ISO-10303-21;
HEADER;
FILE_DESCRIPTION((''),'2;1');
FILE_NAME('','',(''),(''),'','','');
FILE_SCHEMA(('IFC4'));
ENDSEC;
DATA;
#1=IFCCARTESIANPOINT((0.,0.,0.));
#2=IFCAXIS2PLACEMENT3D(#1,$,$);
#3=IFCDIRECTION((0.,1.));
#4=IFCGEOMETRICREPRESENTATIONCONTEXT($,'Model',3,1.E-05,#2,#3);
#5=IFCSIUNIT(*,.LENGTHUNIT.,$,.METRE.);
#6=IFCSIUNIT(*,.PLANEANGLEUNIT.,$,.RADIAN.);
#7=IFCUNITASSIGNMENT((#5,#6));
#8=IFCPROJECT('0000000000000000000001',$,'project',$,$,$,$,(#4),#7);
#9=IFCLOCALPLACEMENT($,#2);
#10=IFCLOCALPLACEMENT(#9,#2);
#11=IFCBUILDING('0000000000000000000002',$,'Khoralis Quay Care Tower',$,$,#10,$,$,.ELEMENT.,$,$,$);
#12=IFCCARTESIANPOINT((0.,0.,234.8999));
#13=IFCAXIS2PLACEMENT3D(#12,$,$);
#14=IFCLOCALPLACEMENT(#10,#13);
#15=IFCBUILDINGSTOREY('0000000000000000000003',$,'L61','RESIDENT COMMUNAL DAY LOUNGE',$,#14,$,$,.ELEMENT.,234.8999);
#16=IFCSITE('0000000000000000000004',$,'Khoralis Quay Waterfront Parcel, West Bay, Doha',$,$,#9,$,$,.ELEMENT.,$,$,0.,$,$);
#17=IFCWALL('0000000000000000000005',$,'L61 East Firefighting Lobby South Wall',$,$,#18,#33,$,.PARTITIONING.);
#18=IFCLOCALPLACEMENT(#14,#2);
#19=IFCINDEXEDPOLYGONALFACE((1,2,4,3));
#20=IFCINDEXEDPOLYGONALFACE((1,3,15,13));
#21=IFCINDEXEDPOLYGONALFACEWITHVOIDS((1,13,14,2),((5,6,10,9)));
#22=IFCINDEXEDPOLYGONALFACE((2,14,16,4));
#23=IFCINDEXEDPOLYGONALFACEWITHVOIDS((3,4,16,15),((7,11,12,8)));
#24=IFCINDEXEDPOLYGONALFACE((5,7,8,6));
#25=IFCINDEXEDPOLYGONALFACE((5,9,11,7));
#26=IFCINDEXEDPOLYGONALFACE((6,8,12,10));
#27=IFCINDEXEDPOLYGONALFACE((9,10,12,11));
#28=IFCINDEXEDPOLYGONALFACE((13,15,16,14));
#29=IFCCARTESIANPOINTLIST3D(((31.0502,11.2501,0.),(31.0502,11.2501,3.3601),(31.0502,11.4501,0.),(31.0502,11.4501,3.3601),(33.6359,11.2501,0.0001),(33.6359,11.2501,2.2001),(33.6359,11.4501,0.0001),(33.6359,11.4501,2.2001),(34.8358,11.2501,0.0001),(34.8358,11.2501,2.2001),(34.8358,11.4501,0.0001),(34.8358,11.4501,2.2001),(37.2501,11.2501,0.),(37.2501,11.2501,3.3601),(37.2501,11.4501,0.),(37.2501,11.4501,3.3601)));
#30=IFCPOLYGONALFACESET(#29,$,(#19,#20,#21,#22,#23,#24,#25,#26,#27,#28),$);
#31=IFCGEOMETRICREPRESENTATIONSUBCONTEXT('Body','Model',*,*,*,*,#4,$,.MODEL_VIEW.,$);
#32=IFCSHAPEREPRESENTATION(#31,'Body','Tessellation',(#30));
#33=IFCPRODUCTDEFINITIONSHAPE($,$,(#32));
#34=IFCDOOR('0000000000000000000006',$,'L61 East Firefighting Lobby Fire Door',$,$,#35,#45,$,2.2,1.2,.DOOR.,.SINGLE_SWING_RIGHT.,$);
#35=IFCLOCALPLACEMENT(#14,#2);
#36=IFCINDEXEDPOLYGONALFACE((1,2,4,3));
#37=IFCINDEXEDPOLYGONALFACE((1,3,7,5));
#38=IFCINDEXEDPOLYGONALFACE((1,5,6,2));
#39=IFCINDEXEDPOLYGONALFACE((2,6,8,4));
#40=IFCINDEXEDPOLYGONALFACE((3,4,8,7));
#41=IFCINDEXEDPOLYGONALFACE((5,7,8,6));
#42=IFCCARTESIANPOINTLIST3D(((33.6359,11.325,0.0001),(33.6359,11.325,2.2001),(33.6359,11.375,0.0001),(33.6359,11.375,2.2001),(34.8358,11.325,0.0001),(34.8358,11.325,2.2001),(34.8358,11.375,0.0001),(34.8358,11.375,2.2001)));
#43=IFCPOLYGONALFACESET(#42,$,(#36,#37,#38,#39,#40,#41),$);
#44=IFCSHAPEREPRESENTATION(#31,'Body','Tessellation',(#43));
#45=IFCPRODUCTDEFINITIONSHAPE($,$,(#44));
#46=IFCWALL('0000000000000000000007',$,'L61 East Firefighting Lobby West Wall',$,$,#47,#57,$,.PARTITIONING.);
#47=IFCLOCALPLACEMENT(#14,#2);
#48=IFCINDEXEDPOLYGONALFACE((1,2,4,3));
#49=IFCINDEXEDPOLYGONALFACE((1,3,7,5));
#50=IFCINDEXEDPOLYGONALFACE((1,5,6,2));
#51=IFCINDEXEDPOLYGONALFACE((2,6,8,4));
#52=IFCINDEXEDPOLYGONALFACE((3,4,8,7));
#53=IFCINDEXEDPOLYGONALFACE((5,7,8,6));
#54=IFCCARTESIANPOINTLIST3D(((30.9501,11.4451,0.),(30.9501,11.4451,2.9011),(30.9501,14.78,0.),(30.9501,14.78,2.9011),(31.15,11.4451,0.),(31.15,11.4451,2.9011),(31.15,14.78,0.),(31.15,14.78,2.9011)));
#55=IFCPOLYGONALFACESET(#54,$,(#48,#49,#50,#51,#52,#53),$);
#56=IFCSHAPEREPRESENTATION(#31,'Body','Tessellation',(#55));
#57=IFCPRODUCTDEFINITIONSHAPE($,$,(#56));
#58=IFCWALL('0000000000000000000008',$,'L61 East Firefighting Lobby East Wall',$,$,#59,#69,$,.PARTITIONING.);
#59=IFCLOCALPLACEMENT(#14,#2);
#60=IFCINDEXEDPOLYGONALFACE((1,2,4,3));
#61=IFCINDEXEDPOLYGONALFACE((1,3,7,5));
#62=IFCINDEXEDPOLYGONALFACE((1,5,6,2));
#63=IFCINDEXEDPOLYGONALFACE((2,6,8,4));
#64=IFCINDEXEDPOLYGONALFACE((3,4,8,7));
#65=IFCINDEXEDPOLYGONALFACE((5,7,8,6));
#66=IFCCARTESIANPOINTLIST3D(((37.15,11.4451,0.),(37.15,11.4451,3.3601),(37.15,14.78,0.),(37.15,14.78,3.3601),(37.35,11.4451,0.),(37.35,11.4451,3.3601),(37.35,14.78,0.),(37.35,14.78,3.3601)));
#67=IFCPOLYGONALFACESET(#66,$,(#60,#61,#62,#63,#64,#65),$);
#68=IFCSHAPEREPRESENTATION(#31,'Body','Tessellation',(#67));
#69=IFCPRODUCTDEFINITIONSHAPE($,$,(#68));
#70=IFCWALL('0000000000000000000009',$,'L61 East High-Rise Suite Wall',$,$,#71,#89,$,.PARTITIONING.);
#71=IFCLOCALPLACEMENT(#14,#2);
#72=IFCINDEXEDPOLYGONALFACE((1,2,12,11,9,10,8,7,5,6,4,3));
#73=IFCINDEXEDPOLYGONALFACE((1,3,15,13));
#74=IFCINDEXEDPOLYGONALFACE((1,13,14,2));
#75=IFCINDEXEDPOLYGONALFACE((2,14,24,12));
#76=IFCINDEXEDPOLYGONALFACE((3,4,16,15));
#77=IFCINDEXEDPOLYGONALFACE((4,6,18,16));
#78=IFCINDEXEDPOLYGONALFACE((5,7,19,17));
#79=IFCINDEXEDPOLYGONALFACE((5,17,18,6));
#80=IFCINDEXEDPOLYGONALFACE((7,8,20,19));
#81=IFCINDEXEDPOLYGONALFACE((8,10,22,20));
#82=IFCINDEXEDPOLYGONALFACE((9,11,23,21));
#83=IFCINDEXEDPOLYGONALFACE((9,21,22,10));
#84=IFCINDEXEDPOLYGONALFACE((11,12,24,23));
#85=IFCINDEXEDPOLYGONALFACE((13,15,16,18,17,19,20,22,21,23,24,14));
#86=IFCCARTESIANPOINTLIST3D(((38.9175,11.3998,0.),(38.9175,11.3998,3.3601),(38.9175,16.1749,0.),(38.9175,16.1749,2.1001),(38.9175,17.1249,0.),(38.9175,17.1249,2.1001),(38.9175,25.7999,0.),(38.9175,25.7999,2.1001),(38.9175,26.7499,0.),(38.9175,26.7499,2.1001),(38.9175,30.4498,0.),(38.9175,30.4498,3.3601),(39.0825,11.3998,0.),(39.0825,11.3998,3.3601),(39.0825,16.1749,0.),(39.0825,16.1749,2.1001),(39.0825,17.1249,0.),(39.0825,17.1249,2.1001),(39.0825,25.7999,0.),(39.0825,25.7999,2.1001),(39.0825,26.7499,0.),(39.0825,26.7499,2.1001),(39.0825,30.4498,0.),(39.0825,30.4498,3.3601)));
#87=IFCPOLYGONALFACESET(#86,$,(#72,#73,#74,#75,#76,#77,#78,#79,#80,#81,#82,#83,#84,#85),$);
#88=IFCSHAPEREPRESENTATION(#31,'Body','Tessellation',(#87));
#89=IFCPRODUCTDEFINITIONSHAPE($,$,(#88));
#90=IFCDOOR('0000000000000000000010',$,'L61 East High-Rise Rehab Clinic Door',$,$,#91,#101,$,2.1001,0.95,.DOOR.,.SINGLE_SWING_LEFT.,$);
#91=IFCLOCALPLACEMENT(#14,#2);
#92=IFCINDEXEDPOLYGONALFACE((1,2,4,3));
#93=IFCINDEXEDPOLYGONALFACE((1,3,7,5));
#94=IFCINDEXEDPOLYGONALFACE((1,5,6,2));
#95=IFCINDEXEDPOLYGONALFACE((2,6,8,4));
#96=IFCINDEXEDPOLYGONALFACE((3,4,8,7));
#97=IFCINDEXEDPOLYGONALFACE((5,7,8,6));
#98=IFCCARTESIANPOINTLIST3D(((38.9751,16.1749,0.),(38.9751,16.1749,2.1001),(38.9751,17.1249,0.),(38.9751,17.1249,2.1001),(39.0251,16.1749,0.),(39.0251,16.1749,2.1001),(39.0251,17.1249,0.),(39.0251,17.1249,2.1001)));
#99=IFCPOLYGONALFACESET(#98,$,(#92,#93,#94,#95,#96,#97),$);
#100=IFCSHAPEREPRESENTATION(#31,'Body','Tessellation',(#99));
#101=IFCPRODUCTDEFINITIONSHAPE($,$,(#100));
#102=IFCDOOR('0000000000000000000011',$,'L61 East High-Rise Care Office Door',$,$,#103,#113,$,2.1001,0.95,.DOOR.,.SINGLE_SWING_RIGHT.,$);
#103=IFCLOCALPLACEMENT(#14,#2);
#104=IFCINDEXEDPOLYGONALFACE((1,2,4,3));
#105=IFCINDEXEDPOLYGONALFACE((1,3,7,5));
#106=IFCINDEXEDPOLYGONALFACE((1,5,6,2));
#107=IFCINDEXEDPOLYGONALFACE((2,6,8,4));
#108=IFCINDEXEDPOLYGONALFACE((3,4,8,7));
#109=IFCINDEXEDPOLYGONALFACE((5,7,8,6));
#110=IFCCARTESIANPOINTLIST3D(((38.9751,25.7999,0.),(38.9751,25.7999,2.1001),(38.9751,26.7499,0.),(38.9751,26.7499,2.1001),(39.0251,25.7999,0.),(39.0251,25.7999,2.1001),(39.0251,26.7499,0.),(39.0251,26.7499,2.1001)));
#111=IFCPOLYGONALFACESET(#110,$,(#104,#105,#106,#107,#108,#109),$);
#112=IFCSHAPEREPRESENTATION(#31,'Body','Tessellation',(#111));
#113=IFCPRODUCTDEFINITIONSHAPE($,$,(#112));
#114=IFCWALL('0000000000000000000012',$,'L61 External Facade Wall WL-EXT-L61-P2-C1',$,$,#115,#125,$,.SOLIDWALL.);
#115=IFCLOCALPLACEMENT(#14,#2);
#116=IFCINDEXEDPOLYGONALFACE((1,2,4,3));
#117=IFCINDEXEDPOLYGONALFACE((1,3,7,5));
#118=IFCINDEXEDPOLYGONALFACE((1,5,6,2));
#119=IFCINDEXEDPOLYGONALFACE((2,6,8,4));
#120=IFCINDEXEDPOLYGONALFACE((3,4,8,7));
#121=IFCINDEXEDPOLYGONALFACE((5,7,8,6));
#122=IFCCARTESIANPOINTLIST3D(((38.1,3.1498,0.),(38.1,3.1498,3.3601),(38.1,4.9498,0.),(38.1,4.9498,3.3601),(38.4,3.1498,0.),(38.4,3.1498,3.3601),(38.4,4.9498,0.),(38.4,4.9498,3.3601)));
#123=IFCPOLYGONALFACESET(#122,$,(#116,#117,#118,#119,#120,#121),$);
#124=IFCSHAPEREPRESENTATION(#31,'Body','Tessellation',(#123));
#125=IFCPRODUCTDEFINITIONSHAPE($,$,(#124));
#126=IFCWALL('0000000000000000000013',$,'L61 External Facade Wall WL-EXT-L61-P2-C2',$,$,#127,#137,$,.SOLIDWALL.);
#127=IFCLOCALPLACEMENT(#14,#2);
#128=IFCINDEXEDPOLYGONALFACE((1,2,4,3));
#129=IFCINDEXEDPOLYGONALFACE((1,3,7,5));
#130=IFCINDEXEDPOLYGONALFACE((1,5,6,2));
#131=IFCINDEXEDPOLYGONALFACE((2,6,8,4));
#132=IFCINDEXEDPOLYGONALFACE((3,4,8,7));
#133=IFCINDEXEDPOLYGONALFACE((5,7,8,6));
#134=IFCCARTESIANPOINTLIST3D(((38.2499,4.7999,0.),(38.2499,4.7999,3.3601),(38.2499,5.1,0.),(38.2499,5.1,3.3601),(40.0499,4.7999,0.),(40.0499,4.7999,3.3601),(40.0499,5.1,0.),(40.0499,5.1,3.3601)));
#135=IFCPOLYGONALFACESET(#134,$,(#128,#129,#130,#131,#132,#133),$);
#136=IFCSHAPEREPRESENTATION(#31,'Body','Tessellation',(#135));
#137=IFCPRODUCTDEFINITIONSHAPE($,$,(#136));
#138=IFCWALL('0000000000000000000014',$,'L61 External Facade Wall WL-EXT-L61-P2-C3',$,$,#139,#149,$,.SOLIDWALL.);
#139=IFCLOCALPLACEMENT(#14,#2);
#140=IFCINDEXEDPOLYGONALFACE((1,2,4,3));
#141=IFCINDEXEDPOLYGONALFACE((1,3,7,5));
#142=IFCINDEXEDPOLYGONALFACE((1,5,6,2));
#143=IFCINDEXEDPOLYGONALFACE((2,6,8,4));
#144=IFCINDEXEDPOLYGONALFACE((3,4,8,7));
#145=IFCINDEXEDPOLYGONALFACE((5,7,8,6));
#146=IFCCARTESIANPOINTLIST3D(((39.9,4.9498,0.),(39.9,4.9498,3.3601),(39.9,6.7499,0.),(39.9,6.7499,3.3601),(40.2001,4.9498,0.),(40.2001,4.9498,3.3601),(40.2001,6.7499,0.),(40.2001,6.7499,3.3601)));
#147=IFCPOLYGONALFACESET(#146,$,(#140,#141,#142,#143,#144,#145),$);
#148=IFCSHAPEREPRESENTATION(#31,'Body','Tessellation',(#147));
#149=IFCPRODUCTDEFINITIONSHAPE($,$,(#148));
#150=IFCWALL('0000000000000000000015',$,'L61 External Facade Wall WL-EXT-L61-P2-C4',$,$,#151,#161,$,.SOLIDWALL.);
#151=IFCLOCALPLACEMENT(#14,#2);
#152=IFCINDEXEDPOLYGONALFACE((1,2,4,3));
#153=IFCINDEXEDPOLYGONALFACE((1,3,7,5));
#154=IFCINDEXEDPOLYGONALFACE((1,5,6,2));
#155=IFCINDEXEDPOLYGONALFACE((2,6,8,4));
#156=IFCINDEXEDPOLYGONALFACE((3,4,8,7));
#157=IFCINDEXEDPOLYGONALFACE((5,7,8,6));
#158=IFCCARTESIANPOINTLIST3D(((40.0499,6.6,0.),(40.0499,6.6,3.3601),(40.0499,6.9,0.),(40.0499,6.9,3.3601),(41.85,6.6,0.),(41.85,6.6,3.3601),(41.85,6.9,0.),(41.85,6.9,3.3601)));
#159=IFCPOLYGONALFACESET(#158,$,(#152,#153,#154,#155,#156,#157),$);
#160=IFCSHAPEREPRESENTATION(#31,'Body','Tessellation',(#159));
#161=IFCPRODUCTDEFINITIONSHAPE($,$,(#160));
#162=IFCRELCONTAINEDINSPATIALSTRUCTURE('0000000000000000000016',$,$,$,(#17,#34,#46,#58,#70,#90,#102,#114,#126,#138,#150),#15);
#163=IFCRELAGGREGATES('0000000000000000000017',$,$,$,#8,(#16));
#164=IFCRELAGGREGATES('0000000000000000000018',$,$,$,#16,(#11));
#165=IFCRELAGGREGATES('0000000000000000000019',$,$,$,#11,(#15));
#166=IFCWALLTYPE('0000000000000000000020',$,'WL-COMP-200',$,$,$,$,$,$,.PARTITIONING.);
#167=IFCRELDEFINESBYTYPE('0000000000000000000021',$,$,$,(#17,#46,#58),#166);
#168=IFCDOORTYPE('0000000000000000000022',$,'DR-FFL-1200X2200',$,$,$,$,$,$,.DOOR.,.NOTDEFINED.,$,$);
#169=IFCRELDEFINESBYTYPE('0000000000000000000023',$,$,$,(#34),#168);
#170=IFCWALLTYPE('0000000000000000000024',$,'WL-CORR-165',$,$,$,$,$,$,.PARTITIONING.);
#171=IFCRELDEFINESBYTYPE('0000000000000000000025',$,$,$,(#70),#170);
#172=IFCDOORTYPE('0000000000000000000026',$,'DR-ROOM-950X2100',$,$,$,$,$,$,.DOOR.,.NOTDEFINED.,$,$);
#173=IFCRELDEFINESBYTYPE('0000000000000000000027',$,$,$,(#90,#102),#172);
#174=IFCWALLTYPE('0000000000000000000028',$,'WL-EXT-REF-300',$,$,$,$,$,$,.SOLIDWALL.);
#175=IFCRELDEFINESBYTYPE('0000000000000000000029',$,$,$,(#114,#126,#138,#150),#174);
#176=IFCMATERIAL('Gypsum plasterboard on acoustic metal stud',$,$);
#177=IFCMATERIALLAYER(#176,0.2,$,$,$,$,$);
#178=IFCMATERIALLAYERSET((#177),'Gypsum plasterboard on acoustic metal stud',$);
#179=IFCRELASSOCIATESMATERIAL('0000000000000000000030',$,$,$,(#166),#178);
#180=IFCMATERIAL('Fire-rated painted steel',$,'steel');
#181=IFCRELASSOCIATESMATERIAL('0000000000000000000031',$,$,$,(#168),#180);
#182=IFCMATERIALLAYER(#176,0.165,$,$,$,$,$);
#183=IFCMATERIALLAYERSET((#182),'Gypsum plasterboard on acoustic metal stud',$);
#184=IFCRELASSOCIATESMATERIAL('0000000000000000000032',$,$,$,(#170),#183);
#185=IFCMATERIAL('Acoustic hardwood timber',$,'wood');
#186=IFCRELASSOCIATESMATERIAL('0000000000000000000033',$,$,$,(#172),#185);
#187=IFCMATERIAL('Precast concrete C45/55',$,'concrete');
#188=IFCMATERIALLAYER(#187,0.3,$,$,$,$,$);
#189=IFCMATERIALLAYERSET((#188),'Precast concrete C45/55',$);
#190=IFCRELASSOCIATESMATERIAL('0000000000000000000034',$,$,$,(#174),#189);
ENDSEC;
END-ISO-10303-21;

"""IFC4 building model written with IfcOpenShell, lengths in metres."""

from ifc_helpers import new_model, si_unit, direction, frame, frame_2d, origin, place, context, subcontext, project, spatial, rectangle, extrude, source, transform, mapped, material, layer, layer_set, type_object, element, fill, save


model = new_model("IFC4")

# Units and contexts
model_context = context("Model", 3, precision=1e-05, world=origin(), true_north=direction((0.0, 1.0)))
body_context = subcontext(model_context, "Body", "Model", "MODEL_VIEW")
ifc_project = project(units=[si_unit("LENGTHUNIT", "METRE"), si_unit("PLANEANGLEUNIT", "RADIAN")], contexts=[model_context])

# Site, building, storey
site_placement = place(None, origin())
site = spatial("IfcSite", under=ifc_project, at=site_placement, Name="Khoralis Quay Waterfront Parcel, West Bay, Doha", CompositionType="ELEMENT", RefElevation=0.0)
building_placement = place(site_placement, origin())
building = spatial("IfcBuilding", under=site, at=building_placement, Name="Khoralis Quay Care Tower", CompositionType="ELEMENT")
storey_placement = place(building_placement, frame((0.0, 0.0, 234.8999)))
storey = spatial("IfcBuildingStorey", under=building, at=storey_placement, Name="L61", Description="RESIDENT COMMUNAL DAY LOUNGE", CompositionType="ELEMENT", Elevation=234.8999)

# Wall, opening, door
ifc_material_1 = material(Name="Gypsum plasterboard on acoustic metal stud")
ifc_layer_1 = layer(ifc_material_1, 0.2)
ifc_layer_set_1 = layer_set([ifc_layer_1], Name="Gypsum plasterboard on acoustic metal stud")
wall_type_1 = type_object("IfcWallType", Name="WL-COMP-200", PredefinedType="PARTITIONING", material=ifc_layer_set_1)
wall_1_placement = place(storey_placement, frame((31.05, 11.3501, 0.0), z_axis=(0.0, 0.0, 1.0), x_axis=(1.0, 0.0, 0.0)))
wall_1 = element("IfcWall", 1, at=wall_1_placement, inside=storey, type_object=wall_type_1, Name="L61 East Firefighting Lobby South Wall", PredefinedType="PARTITIONING", context=body_context, shape_type="SweptSolid", body=[
    extrude(rectangle(XDim=6.2, YDim=0.2, at=frame_2d((3.1001, 0.0))), origin(), (0.0, 0.0, 1.0), 3.3601),
])
opening_1_placement = place(wall_1_placement, frame((2.5857, 0.0, 0.0)))
opening_1 = element("IfcOpeningElement", 2, at=opening_1_placement, cuts=wall_1, PredefinedType="OPENING", context=body_context, shape_type="SweptSolid", body=[
    extrude(rectangle(XDim=1.2, YDim=2.2, at=frame_2d((0.6001, 1.1001))), frame((0.0, 0.1099, 0.0), z_axis=(0.0, -1.0, 0.0), x_axis=(1.0, 0.0, 0.0)), (0.0, 0.0, 1.0), 0.22),
])
ifc_material_2 = material(Name="Fire-rated painted steel", Category="steel")
door_type_1 = type_object("IfcDoorType", Name="DR-FFL-1200X2200", OperationType="NOTDEFINED", PredefinedType="DOOR", material=ifc_material_2)
shared_shape_1 = source(origin(), body_context, "Body", "SweptSolid", [
    extrude(rectangle(XDim=1.2, YDim=2.2, at=frame_2d((0.6001, 1.1001))), frame((0.0, 0.0249, 0.0), z_axis=(0.0, -1.0, 0.0), x_axis=(1.0, 0.0, 0.0)), (0.0, 0.0, 1.0), 0.05),
])
door_1_placement = place(opening_1_placement, origin())
door_1 = element("IfcDoor", 3, at=door_1_placement, inside=storey, type_object=door_type_1, Name="L61 East Firefighting Lobby Fire Door", OperationType="SINGLE_SWING_RIGHT", OverallHeight=2.2, OverallWidth=1.2, PredefinedType="DOOR", context=body_context, shape_type="MappedRepresentation", body=[
    mapped(shared_shape_1, transform((0.0, 0.0, 0.0), scale=1.0)),
])
fill(opening_1, door_1)

# Walls
wall_2_placement = place(storey_placement, frame((31.05, 11.4451, 0.0), z_axis=(0.0, 0.0, 1.0), x_axis=(0.0, 1.0, 0.0)))
element("IfcWall", 4, at=wall_2_placement, inside=storey, type_object=wall_type_1, Name="L61 East Firefighting Lobby West Wall", PredefinedType="PARTITIONING", context=body_context, shape_type="SweptSolid", body=[
    extrude(rectangle(XDim=3.335, YDim=0.2, at=frame_2d((1.6675, 0.0))), origin(), (0.0, 0.0, 1.0), 2.9011),
])
wall_3_placement = place(storey_placement, frame((37.25, 11.4451, 0.0), z_axis=(0.0, 0.0, 1.0), x_axis=(0.0, 1.0, 0.0)))
element("IfcWall", 5, at=wall_3_placement, inside=storey, type_object=wall_type_1, Name="L61 East Firefighting Lobby East Wall", PredefinedType="PARTITIONING", context=body_context, shape_type="SweptSolid", body=[
    extrude(rectangle(XDim=3.335, YDim=0.2, at=frame_2d((1.6675, 0.0))), origin(), (0.0, 0.0, 1.0), 3.3601),
])

# Wall, openings, doors
ifc_layer_2 = layer(ifc_material_1, 0.165)
ifc_layer_set_2 = layer_set([ifc_layer_2], Name="Gypsum plasterboard on acoustic metal stud")
wall_type_2 = type_object("IfcWallType", Name="WL-CORR-165", PredefinedType="PARTITIONING", material=ifc_layer_set_2)
wall_4_placement = place(storey_placement, frame((39.0, 11.3999, 0.0), z_axis=(0.0, 0.0, 1.0), x_axis=(0.0, 1.0, 0.0)))
wall_4 = element("IfcWall", 6, at=wall_4_placement, inside=storey, type_object=wall_type_2, Name="L61 East High-Rise Suite Wall", PredefinedType="PARTITIONING", context=body_context, shape_type="SweptSolid", body=[
    extrude(rectangle(XDim=19.05, YDim=0.165, at=frame_2d((9.5249, 0.0))), origin(), (0.0, 0.0, 1.0), 3.3601),
])
opening_2_placement = place(wall_4_placement, frame((4.7749, 0.0, 0.0)))
opening_2 = element("IfcOpeningElement", 7, at=opening_2_placement, cuts=wall_4, PredefinedType="OPENING", context=body_context, shape_type="SweptSolid", body=[
    extrude(rectangle(XDim=0.95, YDim=2.1001, at=frame_2d((0.4751, 1.05))), frame((0.0, 0.0925, 0.0), z_axis=(0.0, -1.0, 0.0), x_axis=(1.0, 0.0, 0.0)), (0.0, 0.0, 1.0), 0.1851),
])
opening_3_placement = place(wall_4_placement, frame((14.3999, 0.0, 0.0)))
opening_3 = element("IfcOpeningElement", 8, at=opening_3_placement, cuts=wall_4, PredefinedType="OPENING", context=body_context, shape_type="SweptSolid", body=[
    extrude(rectangle(XDim=0.95, YDim=2.1001, at=frame_2d((0.4751, 1.05))), frame((0.0, 0.0925, 0.0), z_axis=(0.0, -1.0, 0.0), x_axis=(1.0, 0.0, 0.0)), (0.0, 0.0, 1.0), 0.1851),
])
ifc_material_3 = material(Name="Acoustic hardwood timber", Category="wood")
door_type_2 = type_object("IfcDoorType", Name="DR-ROOM-950X2100", OperationType="NOTDEFINED", PredefinedType="DOOR", material=ifc_material_3)
shared_shape_2 = source(origin(), body_context, "Body", "SweptSolid", [
    extrude(rectangle(XDim=0.95, YDim=2.1001, at=frame_2d((0.4751, 1.05))), frame((0.0, 0.0249, 0.0), z_axis=(0.0, -1.0, 0.0), x_axis=(1.0, 0.0, 0.0)), (0.0, 0.0, 1.0), 0.05),
])
door_2_placement = place(opening_2_placement, origin())
door_2 = element("IfcDoor", 9, at=door_2_placement, inside=storey, type_object=door_type_2, Name="L61 East High-Rise Rehab Clinic Door", OperationType="SINGLE_SWING_LEFT", OverallHeight=2.1001, OverallWidth=0.95, PredefinedType="DOOR", context=body_context, shape_type="MappedRepresentation", body=[
    mapped(shared_shape_2, transform((0.0, 0.0, 0.0), scale=1.0)),
])
fill(opening_2, door_2)
door_3_placement = place(opening_3_placement, origin())
door_3 = element("IfcDoor", 10, at=door_3_placement, inside=storey, type_object=door_type_2, Name="L61 East High-Rise Care Office Door", OperationType="SINGLE_SWING_RIGHT", OverallHeight=2.1001, OverallWidth=0.95, PredefinedType="DOOR", context=body_context, shape_type="MappedRepresentation", body=[
    mapped(shared_shape_2, transform((0.0, 0.0, 0.0), scale=1.0)),
])
fill(opening_3, door_3)

# Walls
ifc_material_4 = material(Name="Precast concrete C45/55", Category="concrete")
ifc_layer_3 = layer(ifc_material_4, 0.3)
ifc_layer_set_3 = layer_set([ifc_layer_3], Name="Precast concrete C45/55")
wall_type_3 = type_object("IfcWallType", Name="WL-EXT-REF-300", PredefinedType="SOLIDWALL", material=ifc_layer_set_3)
for number, where, z_axis, x_axis, name in (
    (11, (38.25, 3.1499, 0.0), (0.0, 0.0, 1.0), (0.0, 1.0, 0.0), "L61 External Facade Wall WL-EXT-L61-P2-C1"),
    (12, (38.25, 4.95, 0.0), (0.0, 0.0, 1.0), (1.0, 0.0, 0.0), "L61 External Facade Wall WL-EXT-L61-P2-C2"),
    (13, (40.05, 4.95, 0.0), (0.0, 0.0, 1.0), (0.0, 1.0, 0.0), "L61 External Facade Wall WL-EXT-L61-P2-C3"),
    (14, (40.05, 6.75, 0.0), (0.0, 0.0, 1.0), (1.0, 0.0, 0.0), "L61 External Facade Wall WL-EXT-L61-P2-C4"),
):
    element("IfcWall", number, at=place(storey_placement, frame(where, z_axis=z_axis, x_axis=x_axis)), inside=storey, type_object=wall_type_3, Name=name, PredefinedType="SOLIDWALL", context=body_context, shape_type="SweptSolid", body=[
        extrude(rectangle(XDim=1.8, YDim=0.3, at=frame_2d((0.8999, 0.0))), origin(), (0.0, 0.0, 1.0), 3.3601),
    ])

save(model, "model.ifc")
